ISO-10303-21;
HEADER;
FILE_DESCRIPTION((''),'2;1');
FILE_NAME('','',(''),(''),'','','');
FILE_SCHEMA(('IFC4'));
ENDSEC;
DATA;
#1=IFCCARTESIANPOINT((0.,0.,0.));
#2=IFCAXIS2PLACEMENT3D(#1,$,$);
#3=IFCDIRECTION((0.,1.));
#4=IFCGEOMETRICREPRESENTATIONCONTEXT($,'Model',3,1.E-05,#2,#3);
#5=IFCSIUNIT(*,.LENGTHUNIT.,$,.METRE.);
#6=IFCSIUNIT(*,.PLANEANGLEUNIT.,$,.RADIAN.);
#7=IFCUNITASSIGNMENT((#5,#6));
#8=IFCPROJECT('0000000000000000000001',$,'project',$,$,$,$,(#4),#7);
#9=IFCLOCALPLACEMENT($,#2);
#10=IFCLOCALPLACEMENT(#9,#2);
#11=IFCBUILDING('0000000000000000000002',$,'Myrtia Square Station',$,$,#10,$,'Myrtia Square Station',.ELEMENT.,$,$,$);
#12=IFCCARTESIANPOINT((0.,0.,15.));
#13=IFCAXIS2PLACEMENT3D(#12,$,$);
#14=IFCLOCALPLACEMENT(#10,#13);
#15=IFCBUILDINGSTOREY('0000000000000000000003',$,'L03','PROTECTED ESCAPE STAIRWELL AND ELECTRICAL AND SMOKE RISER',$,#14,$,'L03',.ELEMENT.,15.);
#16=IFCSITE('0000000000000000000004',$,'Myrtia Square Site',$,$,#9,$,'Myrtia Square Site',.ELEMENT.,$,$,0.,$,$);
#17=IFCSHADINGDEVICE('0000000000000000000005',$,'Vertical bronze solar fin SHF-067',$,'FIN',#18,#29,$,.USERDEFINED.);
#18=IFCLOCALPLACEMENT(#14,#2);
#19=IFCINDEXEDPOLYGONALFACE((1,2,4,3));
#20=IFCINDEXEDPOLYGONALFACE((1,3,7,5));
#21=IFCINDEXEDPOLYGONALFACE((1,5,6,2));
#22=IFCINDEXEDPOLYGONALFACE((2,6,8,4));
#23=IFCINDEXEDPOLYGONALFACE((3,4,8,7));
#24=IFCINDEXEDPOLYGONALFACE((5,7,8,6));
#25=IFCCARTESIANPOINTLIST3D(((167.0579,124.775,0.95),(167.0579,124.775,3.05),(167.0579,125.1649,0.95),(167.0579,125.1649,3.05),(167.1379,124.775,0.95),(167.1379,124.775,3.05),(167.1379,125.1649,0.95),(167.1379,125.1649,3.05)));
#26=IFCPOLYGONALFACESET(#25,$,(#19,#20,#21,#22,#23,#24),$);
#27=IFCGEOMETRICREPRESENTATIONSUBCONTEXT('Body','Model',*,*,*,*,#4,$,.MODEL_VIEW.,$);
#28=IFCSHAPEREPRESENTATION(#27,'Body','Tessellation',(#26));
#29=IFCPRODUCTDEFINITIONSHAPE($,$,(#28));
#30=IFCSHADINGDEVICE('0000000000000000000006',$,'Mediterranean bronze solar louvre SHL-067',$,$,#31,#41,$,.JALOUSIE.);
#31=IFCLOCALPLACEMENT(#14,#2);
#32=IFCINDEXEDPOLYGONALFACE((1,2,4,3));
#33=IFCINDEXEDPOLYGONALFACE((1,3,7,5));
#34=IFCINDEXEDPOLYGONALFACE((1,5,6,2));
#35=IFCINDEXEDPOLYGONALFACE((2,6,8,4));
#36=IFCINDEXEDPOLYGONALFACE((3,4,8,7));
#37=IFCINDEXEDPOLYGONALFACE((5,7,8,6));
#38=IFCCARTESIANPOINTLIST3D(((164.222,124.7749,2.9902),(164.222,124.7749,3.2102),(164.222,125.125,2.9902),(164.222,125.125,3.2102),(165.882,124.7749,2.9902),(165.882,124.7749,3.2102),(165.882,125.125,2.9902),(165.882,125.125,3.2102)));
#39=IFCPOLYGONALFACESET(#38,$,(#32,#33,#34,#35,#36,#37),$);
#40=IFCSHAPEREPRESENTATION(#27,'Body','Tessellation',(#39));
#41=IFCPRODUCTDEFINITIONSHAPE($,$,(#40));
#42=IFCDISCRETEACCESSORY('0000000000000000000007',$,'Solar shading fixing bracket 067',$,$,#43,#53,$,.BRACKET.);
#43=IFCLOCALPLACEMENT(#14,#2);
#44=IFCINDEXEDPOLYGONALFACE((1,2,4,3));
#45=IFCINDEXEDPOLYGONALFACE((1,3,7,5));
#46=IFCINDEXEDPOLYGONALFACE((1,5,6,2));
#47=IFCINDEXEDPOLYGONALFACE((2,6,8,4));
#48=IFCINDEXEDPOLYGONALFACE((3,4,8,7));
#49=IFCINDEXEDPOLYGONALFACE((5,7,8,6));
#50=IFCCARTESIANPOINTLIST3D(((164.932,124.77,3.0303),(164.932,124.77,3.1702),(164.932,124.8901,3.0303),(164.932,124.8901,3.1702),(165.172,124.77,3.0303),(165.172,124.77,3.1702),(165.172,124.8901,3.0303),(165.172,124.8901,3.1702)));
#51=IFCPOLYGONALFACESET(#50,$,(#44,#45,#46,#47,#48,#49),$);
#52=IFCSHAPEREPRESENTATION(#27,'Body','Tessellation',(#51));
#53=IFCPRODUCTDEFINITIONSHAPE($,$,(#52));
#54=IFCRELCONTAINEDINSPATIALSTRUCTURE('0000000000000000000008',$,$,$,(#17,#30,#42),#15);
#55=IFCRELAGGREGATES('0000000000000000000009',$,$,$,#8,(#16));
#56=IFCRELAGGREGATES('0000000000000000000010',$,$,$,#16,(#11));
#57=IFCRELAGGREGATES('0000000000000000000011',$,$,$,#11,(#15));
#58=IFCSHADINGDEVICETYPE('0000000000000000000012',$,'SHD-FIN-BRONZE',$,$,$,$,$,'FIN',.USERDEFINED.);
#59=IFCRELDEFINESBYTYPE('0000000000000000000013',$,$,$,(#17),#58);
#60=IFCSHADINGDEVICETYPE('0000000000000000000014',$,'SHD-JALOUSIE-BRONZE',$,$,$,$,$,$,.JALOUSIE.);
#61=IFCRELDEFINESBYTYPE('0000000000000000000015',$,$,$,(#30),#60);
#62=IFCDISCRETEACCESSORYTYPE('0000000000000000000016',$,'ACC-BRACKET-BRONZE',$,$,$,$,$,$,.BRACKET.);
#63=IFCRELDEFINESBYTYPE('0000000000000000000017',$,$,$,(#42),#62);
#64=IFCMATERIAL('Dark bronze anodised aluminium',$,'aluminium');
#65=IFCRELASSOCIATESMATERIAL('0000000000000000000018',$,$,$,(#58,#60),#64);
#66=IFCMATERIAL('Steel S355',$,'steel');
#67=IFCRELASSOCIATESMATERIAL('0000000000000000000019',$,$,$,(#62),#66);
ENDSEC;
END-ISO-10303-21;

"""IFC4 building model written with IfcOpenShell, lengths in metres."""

from ifc_helpers import new_model, si_unit, direction, frame, origin, origin_2d, place, context, subcontext, project, spatial, rectangle, extrude, material, type_object, element, save


model = new_model("IFC4")

# Units and contexts
model_context = context("Model", 3, precision=1e-05, world=origin(), true_north=direction((0.0, 1.0)))
body_context = subcontext(model_context, "Body", "Model", "MODEL_VIEW")
ifc_project = project(units=[si_unit("LENGTHUNIT", "METRE"), si_unit("PLANEANGLEUNIT", "RADIAN")], contexts=[model_context])

# Site, building, storey
site_placement = place(None, origin())
site = spatial("IfcSite", under=ifc_project, at=site_placement, Name="Myrtia Square Site", LongName="Myrtia Square Site", CompositionType="ELEMENT", RefElevation=0.0)
building_placement = place(site_placement, origin())
building = spatial("IfcBuilding", under=site, at=building_placement, Name="Myrtia Square Station", LongName="Myrtia Square Station", CompositionType="ELEMENT")
storey_placement = place(building_placement, frame((0.0, 0.0, 15.0)))
storey = spatial("IfcBuildingStorey", under=building, at=storey_placement, Name="L03", Description="PROTECTED ESCAPE STAIRWELL AND ELECTRICAL AND SMOKE RISER", LongName="L03", CompositionType="ELEMENT", Elevation=15.0)

# Shared definitions
ifc_material_1 = material(Name="Steel S355", Category="steel")

# Shading devices
ifc_material_2 = material(Name="Dark bronze anodised aluminium", Category="aluminium")
shading_device_type_1 = type_object("IfcShadingDeviceType", Name="SHD-FIN-BRONZE", ElementType="FIN", PredefinedType="USERDEFINED", material=ifc_material_2)
shading_device_1_placement = place(storey_placement, frame((167.0979, 124.97, 0.95), z_axis=(0.0, 0.0, 1.0), x_axis=(1.0, 0.0, 0.0)))
element("IfcShadingDevice", 1, at=shading_device_1_placement, inside=storey, type_object=shading_device_type_1, Name="Vertical bronze solar fin SHF-067", ObjectType="FIN", PredefinedType="USERDEFINED", context=body_context, shape_type="SweptSolid", body=[
    extrude(rectangle(XDim=0.0801, YDim=0.3899, at=origin_2d()), origin(), (0.0, 0.0, 1.0), 2.1001),
])
shading_device_type_2 = type_object("IfcShadingDeviceType", Name="SHD-JALOUSIE-BRONZE", PredefinedType="JALOUSIE", material=ifc_material_2)
shading_device_2_placement = place(storey_placement, frame((165.052, 124.95, 2.9902), z_axis=(0.0, 0.0, 1.0), x_axis=(1.0, 0.0, 0.0)))
element("IfcShadingDevice", 2, at=shading_device_2_placement, inside=storey, type_object=shading_device_type_2, Name="Mediterranean bronze solar louvre SHL-067", PredefinedType="JALOUSIE", context=body_context, shape_type="SweptSolid", body=[
    extrude(rectangle(XDim=1.6599, YDim=0.3501, at=origin_2d()), origin(), (0.0, 0.0, 1.0), 0.22),
])

# Discrete accessory
discrete_accessory_type = type_object("IfcDiscreteAccessoryType", Name="ACC-BRACKET-BRONZE", PredefinedType="BRACKET", material=ifc_material_1)
discrete_accessory_placement = place(storey_placement, frame((165.052, 124.8301, 3.0303), z_axis=(0.0, 0.0, 1.0), x_axis=(1.0, 0.0, 0.0)))
element("IfcDiscreteAccessory", 3, at=discrete_accessory_placement, inside=storey, type_object=discrete_accessory_type, Name="Solar shading fixing bracket 067", PredefinedType="BRACKET", context=body_context, shape_type="SweptSolid", body=[
    extrude(rectangle(XDim=0.24, YDim=0.1201, at=origin_2d()), origin(), (0.0, 0.0, 1.0), 0.1399),
])

save(model, "model.ifc")
